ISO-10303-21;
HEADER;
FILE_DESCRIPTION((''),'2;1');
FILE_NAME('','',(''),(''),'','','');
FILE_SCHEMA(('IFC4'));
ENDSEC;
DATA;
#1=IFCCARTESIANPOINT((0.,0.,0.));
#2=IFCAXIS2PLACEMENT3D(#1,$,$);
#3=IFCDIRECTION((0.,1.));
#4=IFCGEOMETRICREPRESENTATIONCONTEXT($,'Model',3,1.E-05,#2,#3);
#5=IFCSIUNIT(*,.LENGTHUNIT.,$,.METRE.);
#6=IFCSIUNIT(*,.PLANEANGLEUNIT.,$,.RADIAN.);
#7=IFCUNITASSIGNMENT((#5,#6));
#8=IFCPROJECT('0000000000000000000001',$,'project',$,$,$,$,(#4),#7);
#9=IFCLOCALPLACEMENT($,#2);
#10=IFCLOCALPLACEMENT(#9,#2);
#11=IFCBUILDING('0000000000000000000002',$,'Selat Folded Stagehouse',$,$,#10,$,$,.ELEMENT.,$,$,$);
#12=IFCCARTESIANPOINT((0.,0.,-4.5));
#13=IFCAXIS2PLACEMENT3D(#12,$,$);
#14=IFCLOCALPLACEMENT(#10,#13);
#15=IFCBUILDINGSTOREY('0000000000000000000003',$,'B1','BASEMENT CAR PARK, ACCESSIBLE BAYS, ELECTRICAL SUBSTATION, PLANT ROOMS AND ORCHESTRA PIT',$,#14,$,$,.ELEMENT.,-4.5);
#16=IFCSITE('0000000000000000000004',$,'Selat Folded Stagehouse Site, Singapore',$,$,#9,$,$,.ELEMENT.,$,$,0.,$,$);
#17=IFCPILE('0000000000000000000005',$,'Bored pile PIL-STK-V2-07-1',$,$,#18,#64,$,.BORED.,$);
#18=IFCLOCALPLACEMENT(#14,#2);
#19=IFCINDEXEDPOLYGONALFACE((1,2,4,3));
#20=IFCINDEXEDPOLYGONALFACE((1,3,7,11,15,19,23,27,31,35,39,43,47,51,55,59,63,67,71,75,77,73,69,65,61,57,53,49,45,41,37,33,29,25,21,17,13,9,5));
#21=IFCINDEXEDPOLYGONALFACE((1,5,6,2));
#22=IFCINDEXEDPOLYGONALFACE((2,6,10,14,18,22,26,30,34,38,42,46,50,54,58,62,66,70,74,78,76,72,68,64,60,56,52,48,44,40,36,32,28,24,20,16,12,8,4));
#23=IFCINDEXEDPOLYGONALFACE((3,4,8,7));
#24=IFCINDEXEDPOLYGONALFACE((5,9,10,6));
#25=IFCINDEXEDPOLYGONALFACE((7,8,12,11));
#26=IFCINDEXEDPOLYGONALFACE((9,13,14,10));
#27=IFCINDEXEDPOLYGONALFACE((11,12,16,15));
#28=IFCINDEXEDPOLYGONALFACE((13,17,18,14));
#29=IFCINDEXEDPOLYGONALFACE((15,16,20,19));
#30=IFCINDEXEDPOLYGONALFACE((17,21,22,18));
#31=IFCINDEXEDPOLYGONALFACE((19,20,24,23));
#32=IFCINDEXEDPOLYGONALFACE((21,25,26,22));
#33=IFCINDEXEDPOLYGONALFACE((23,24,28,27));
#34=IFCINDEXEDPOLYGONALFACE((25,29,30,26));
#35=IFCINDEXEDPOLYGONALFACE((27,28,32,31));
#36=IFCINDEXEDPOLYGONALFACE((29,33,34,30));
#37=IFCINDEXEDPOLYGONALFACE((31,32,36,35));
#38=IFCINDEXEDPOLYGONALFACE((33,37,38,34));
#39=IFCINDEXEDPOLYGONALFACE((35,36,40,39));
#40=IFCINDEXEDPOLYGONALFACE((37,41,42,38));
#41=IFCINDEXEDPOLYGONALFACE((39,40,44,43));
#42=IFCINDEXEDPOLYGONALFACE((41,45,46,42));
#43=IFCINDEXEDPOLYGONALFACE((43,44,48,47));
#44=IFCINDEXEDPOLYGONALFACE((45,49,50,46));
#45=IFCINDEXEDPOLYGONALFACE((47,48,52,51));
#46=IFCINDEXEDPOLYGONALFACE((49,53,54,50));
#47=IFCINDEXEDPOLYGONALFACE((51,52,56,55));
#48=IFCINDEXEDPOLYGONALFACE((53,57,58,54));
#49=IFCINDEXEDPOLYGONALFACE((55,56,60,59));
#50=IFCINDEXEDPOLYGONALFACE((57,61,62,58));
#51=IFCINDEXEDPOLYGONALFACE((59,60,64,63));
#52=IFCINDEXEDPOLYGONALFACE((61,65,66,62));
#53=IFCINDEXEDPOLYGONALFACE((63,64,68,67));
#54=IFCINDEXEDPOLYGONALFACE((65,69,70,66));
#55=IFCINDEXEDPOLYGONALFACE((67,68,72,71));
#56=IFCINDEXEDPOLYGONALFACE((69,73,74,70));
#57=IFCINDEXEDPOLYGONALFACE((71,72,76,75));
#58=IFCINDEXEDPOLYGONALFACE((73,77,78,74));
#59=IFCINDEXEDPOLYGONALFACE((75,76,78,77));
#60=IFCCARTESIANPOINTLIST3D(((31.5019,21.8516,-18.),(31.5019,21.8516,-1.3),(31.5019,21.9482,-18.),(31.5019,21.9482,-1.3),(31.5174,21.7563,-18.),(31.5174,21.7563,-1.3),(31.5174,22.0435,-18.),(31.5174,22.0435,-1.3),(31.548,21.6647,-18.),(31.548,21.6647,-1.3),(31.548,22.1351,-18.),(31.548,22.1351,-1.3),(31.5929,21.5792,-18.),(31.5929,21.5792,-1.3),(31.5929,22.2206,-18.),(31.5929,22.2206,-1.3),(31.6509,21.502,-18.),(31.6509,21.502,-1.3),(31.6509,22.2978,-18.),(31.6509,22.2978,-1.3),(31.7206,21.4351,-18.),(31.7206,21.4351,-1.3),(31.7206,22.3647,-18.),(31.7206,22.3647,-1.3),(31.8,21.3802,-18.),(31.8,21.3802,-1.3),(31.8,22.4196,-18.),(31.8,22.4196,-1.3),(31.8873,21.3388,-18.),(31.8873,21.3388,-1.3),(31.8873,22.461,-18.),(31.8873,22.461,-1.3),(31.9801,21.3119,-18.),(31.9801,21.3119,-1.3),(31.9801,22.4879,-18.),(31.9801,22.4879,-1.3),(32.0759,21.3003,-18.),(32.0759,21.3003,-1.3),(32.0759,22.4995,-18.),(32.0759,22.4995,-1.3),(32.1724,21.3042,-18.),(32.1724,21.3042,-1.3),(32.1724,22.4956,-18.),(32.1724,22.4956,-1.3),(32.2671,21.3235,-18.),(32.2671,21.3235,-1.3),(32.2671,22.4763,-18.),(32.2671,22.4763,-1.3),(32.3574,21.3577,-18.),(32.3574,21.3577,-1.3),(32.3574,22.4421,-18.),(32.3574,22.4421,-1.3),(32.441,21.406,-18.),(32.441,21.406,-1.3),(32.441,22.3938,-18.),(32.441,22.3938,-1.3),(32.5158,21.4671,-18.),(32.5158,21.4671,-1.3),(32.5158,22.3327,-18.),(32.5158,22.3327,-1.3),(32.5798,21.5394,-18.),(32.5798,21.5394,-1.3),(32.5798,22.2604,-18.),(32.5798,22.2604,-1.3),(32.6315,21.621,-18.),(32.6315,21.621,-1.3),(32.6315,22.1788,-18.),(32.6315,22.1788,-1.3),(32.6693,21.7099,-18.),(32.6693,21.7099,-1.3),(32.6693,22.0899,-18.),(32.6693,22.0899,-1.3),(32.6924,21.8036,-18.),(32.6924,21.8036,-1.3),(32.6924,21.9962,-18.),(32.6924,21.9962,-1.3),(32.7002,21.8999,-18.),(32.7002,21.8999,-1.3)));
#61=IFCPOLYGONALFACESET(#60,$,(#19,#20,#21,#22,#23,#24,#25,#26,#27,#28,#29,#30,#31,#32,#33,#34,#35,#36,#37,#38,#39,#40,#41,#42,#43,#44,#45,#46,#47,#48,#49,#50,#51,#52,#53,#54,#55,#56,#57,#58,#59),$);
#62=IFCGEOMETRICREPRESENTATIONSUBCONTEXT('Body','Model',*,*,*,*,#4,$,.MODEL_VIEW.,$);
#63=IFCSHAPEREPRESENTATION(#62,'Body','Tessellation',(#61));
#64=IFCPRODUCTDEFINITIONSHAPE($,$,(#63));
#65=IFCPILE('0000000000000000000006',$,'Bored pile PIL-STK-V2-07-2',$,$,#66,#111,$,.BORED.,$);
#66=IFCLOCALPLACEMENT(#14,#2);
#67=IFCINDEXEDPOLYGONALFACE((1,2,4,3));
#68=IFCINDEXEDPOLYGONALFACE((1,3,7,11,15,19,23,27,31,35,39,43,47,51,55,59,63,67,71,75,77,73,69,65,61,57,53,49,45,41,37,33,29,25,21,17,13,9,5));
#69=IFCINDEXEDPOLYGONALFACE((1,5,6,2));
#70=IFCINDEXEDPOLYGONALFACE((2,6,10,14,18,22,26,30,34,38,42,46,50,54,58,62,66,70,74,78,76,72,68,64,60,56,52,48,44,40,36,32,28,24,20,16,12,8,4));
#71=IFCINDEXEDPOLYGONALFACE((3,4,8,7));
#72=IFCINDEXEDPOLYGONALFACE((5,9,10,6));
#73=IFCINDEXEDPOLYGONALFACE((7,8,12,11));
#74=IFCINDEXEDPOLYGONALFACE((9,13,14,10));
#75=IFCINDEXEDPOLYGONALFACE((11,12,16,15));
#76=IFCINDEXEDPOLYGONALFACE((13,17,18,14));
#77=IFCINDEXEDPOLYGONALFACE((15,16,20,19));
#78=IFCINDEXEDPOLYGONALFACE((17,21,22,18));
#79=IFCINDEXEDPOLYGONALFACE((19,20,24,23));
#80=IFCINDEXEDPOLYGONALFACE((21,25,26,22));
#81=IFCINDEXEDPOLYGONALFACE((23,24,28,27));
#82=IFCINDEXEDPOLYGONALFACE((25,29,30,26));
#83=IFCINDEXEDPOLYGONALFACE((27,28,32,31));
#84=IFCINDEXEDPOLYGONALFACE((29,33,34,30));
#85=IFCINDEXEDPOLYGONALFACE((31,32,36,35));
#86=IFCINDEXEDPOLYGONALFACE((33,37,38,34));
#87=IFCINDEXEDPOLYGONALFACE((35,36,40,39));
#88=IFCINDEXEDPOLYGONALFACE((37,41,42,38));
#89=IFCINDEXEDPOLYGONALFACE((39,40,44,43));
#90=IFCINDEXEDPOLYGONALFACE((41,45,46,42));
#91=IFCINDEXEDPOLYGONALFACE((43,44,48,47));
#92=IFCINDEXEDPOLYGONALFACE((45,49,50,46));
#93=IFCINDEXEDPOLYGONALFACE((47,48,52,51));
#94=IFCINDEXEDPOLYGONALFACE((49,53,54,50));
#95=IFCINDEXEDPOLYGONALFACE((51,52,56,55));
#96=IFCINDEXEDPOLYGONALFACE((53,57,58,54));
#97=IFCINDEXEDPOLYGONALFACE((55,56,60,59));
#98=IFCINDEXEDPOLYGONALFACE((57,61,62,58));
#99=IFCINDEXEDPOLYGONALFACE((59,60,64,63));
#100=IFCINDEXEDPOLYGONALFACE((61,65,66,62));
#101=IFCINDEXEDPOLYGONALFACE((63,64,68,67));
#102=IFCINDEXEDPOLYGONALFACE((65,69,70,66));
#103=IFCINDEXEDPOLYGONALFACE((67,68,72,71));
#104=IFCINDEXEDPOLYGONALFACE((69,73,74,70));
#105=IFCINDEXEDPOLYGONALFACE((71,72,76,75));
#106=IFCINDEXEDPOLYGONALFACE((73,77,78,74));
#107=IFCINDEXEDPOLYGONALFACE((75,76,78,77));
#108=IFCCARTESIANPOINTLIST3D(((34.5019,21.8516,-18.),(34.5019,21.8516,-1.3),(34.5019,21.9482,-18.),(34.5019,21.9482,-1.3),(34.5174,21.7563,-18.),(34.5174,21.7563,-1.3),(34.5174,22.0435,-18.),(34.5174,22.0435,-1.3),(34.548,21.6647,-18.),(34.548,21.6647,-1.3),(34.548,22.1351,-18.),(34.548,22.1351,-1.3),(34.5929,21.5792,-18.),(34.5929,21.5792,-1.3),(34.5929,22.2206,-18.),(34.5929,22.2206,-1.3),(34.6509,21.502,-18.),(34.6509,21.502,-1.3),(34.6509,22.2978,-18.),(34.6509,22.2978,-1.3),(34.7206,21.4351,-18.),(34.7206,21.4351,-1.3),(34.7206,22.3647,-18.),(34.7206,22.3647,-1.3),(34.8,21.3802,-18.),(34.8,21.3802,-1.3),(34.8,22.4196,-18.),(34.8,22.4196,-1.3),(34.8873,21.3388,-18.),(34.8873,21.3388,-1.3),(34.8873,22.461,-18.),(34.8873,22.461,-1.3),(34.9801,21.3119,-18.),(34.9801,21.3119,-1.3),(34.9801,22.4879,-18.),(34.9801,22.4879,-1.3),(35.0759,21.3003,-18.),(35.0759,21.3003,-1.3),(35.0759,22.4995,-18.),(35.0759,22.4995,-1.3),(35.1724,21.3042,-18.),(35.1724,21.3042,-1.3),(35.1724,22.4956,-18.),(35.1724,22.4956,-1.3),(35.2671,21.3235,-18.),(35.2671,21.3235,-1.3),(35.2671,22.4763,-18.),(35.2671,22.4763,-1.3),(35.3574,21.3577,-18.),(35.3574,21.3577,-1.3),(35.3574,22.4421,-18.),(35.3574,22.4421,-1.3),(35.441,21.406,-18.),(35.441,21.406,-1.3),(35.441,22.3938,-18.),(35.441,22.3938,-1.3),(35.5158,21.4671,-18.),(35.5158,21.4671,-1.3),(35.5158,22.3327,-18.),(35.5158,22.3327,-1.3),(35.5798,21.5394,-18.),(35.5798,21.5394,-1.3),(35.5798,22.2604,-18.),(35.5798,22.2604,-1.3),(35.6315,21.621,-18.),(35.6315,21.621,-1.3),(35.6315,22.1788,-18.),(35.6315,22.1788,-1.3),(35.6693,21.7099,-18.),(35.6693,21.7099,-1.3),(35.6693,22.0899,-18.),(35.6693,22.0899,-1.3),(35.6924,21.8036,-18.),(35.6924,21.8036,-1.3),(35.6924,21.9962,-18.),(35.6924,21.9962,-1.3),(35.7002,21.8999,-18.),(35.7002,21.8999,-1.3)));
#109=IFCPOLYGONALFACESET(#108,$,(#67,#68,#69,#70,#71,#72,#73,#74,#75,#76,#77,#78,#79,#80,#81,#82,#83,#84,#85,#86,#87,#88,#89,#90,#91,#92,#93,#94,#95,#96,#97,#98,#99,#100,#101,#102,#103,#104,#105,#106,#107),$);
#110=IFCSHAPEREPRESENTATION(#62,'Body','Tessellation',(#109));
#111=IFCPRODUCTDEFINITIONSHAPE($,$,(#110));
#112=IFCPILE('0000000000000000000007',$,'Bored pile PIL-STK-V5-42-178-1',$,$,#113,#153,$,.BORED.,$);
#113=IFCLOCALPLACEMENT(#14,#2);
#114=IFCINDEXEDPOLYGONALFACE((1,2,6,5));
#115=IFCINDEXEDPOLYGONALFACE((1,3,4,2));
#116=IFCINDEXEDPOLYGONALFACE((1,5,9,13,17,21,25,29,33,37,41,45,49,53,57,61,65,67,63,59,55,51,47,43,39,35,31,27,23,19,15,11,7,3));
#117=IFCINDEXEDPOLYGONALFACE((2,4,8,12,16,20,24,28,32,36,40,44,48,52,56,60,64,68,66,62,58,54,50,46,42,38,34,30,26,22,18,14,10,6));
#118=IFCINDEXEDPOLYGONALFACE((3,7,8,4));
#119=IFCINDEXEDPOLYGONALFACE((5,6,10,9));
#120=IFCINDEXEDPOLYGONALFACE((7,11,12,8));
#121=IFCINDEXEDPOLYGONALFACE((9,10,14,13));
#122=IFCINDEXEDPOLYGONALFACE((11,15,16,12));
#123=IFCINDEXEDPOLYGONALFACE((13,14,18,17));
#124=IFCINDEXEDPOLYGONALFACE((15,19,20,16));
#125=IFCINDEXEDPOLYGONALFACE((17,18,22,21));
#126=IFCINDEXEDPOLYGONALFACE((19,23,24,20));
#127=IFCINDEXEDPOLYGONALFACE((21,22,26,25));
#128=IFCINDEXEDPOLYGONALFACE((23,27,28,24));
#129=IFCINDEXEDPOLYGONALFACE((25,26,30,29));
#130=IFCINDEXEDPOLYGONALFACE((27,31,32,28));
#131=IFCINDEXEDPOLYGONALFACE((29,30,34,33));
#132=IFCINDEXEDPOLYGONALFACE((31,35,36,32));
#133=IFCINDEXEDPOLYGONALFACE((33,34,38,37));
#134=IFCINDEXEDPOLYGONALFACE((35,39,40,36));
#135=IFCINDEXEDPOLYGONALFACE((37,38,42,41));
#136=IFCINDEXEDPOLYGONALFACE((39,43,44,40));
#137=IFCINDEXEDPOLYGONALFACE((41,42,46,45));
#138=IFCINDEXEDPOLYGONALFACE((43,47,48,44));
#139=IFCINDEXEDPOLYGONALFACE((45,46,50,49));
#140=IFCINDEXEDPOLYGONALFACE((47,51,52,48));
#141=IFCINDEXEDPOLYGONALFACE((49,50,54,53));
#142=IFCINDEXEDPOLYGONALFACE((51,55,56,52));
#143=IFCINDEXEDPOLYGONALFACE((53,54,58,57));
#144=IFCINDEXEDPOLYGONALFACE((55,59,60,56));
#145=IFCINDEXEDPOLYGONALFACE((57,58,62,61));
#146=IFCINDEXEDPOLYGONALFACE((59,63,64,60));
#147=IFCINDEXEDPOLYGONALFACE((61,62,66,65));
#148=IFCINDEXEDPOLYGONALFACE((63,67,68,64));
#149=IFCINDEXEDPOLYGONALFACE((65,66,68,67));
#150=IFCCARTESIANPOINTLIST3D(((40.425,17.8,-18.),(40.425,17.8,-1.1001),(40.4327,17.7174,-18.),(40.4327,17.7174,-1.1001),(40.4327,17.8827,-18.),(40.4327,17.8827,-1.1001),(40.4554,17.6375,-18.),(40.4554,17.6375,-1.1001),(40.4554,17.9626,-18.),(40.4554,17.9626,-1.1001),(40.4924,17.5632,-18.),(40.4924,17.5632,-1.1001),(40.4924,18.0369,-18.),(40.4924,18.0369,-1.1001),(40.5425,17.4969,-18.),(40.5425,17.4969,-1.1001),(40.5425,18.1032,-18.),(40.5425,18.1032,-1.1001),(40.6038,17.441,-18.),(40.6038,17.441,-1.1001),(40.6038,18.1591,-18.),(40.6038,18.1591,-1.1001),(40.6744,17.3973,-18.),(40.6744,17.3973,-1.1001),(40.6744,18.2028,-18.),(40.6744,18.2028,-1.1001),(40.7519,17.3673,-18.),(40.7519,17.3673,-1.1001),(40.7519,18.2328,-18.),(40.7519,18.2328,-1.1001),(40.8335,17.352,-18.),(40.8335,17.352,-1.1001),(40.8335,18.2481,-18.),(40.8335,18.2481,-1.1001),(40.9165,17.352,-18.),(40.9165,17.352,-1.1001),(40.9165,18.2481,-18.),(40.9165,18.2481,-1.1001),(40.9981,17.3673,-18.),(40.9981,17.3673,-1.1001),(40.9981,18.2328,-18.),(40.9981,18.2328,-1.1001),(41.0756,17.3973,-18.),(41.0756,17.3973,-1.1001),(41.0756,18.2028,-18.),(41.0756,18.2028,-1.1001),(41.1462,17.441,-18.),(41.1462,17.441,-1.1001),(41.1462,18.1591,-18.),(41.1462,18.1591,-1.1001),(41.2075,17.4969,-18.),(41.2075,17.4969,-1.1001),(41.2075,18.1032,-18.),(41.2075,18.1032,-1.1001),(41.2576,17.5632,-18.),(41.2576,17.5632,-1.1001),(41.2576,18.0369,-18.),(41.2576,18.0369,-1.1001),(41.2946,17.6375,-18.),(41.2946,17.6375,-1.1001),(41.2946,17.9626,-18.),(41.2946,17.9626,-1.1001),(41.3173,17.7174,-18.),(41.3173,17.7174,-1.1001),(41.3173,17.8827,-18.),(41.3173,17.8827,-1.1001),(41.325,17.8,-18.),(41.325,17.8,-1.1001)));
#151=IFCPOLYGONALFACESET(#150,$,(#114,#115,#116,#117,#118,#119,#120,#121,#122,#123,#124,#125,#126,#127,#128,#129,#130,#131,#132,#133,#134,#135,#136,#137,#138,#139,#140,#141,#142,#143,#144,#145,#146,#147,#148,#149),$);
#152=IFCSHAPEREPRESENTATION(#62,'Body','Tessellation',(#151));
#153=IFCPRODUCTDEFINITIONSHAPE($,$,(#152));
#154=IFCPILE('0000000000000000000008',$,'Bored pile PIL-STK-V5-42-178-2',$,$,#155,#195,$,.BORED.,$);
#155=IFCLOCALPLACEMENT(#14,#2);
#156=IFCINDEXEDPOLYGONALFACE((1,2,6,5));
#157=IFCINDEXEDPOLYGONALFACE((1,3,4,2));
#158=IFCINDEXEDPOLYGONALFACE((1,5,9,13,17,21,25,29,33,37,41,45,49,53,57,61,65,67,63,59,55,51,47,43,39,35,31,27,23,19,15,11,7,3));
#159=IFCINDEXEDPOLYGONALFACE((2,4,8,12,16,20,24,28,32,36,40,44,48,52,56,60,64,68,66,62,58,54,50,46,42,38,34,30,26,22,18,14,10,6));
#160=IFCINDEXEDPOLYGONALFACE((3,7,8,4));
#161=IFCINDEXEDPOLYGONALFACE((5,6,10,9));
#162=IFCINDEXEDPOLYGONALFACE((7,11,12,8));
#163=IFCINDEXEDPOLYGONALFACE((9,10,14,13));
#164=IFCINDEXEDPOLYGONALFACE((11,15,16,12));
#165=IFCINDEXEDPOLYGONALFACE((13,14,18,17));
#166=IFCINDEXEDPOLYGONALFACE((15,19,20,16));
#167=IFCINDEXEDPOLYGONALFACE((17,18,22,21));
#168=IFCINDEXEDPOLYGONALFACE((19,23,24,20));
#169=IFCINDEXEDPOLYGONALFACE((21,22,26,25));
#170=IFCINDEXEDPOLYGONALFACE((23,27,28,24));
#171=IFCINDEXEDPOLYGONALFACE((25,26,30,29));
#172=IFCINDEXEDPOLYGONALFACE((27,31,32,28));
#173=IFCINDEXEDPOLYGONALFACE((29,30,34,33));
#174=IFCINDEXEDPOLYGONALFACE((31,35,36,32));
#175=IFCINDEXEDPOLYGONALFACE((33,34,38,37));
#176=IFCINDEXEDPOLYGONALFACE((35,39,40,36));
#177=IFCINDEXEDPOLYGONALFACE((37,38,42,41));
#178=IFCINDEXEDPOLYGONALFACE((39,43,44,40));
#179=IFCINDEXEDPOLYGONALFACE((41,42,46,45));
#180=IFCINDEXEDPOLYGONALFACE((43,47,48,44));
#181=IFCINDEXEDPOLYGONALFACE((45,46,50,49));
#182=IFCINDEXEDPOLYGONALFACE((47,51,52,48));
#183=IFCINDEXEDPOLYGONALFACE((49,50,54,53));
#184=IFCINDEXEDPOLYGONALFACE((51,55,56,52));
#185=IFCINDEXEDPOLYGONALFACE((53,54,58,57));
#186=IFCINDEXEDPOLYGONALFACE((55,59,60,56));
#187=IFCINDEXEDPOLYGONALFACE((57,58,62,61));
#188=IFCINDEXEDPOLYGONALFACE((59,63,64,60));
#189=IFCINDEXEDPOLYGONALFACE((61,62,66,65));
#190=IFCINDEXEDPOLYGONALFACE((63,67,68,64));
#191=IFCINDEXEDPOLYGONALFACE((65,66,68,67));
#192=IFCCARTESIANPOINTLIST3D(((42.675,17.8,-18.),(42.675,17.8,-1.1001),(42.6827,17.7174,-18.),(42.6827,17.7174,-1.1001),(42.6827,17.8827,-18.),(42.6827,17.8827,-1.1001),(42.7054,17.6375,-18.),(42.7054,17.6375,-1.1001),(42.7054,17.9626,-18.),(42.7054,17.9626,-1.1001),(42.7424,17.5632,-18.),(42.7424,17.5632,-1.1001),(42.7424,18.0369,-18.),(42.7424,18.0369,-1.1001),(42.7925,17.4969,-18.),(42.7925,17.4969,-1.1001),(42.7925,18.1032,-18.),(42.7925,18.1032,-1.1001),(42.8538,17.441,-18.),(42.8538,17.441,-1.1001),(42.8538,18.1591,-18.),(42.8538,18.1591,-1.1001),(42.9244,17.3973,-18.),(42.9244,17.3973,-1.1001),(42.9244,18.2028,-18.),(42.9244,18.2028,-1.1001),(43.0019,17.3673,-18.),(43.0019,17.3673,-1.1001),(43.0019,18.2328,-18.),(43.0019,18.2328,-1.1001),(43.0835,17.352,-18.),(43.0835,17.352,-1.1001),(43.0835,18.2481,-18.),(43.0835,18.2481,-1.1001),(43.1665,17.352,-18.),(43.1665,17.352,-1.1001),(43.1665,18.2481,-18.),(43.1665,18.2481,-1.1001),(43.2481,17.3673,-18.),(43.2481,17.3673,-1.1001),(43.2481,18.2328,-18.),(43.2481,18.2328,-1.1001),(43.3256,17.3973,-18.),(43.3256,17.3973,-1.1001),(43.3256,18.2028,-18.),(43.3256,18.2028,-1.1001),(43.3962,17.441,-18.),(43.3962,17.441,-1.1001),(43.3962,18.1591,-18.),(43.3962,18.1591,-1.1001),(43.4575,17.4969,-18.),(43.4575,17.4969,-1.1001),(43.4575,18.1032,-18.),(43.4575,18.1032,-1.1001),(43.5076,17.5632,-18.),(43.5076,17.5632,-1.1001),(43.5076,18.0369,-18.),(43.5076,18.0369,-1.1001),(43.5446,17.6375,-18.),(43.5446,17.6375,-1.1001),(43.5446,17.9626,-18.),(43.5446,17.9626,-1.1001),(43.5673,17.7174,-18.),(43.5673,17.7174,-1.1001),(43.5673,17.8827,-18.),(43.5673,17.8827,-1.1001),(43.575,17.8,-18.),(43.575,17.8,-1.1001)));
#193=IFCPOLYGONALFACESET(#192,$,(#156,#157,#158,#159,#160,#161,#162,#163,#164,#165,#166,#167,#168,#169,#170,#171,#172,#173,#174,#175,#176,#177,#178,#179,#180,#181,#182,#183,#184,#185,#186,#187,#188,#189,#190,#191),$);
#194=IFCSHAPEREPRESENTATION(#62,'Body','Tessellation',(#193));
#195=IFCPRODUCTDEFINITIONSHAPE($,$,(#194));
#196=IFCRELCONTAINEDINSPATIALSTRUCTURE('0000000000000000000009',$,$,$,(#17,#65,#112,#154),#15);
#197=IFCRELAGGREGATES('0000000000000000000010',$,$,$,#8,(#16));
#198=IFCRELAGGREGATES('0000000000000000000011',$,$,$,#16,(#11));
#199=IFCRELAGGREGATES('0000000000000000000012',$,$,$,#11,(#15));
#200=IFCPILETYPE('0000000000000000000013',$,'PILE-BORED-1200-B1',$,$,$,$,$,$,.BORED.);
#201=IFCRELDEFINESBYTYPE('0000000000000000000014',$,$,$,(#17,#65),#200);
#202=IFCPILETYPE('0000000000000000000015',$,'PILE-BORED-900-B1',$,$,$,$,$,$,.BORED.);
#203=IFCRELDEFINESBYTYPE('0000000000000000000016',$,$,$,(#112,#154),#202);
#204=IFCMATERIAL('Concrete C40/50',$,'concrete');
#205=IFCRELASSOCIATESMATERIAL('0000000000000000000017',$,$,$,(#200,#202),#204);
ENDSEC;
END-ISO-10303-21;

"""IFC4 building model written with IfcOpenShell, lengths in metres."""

from ifc_helpers import new_model, si_unit, direction, frame, origin, origin_2d, place, context, subcontext, project, spatial, circle, extrude, material, material_profile, profile_set, type_object, element, save


model = new_model("IFC4")

# Units and contexts
model_context = context("Model", 3, precision=1e-05, world=origin(), true_north=direction((0.0, 1.0)))
body_context = subcontext(model_context, "Body", "Model", "MODEL_VIEW")
ifc_project = project(units=[si_unit("LENGTHUNIT", "METRE"), si_unit("PLANEANGLEUNIT", "RADIAN")], contexts=[model_context])

# Site, building, storey
site_placement = place(None, origin())
site = spatial("IfcSite", under=ifc_project, at=site_placement, Name="Selat Folded Stagehouse Site, Singapore", CompositionType="ELEMENT", RefElevation=0.0)
building_placement = place(site_placement, origin())
building = spatial("IfcBuilding", under=site, at=building_placement, Name="Selat Folded Stagehouse", CompositionType="ELEMENT")
storey_placement = place(building_placement, frame((0.0, 0.0, -4.5)))
storey = spatial("IfcBuildingStorey", under=building, at=storey_placement, Name="B1", Description="BASEMENT CAR PARK, ACCESSIBLE BAYS, ELECTRICAL SUBSTATION, PLANT ROOMS AND ORCHESTRA PIT", CompositionType="ELEMENT", Elevation=-4.5)

# Shared definitions
ifc_material_1 = material(Name="Concrete C40/50", Category="concrete")

# Piles
ifc_material_profile_1 = material_profile(ifc_material_1, circle(Radius=0.6001, at=origin_2d()), Name="PILE D1200")
ifc_profile_set_1 = profile_set([ifc_material_profile_1], Name="Concrete C40/50")
pile_type_1 = type_object("IfcPileType", Name="PILE-BORED-1200-B1", PredefinedType="BORED", material=ifc_profile_set_1)
for number, where, z_axis, x_axis, name in (
    (1, (32.1001, 21.8999, -1.3), (0.0, 0.0, -1.0), (1.0, 0.0, 0.0), "Bored pile PIL-STK-V2-07-1"),
    (2, (35.1001, 21.8999, -1.3), (0.0, 0.0, -1.0), (1.0, 0.0, 0.0), "Bored pile PIL-STK-V2-07-2"),
):
    element("IfcPile", number, at=place(storey_placement, frame(where, z_axis=z_axis, x_axis=x_axis)), inside=storey, type_object=pile_type_1, Name=name, PredefinedType="BORED", context=body_context, shape_type="SweptSolid", body=[
        extrude(circle(Radius=0.6001, at=origin_2d()), origin(), (0.0, 0.0, 1.0), 16.7),
    ])
ifc_material_profile_2 = material_profile(ifc_material_1, circle(Radius=0.45, at=origin_2d()), Name="PILE D900")
ifc_profile_set_2 = profile_set([ifc_material_profile_2], Name="Concrete C40/50")
pile_type_2 = type_object("IfcPileType", Name="PILE-BORED-900-B1", PredefinedType="BORED", material=ifc_profile_set_2)
for number, where, z_axis, x_axis, name in (
    (3, (40.875, 17.8, -1.1001), (0.0, 0.0, -1.0), (1.0, 0.0, 0.0), "Bored pile PIL-STK-V5-42-178-1"),
    (4, (43.125, 17.8, -1.1001), (0.0, 0.0, -1.0), (1.0, 0.0, 0.0), "Bored pile PIL-STK-V5-42-178-2"),
):
    element("IfcPile", number, at=place(storey_placement, frame(where, z_axis=z_axis, x_axis=x_axis)), inside=storey, type_object=pile_type_2, Name=name, PredefinedType="BORED", context=body_context, shape_type="SweptSolid", body=[
        extrude(circle(Radius=0.45, at=origin_2d()), origin(), (0.0, 0.0, 1.0), 16.8999),
    ])

save(model, "model.ifc")
